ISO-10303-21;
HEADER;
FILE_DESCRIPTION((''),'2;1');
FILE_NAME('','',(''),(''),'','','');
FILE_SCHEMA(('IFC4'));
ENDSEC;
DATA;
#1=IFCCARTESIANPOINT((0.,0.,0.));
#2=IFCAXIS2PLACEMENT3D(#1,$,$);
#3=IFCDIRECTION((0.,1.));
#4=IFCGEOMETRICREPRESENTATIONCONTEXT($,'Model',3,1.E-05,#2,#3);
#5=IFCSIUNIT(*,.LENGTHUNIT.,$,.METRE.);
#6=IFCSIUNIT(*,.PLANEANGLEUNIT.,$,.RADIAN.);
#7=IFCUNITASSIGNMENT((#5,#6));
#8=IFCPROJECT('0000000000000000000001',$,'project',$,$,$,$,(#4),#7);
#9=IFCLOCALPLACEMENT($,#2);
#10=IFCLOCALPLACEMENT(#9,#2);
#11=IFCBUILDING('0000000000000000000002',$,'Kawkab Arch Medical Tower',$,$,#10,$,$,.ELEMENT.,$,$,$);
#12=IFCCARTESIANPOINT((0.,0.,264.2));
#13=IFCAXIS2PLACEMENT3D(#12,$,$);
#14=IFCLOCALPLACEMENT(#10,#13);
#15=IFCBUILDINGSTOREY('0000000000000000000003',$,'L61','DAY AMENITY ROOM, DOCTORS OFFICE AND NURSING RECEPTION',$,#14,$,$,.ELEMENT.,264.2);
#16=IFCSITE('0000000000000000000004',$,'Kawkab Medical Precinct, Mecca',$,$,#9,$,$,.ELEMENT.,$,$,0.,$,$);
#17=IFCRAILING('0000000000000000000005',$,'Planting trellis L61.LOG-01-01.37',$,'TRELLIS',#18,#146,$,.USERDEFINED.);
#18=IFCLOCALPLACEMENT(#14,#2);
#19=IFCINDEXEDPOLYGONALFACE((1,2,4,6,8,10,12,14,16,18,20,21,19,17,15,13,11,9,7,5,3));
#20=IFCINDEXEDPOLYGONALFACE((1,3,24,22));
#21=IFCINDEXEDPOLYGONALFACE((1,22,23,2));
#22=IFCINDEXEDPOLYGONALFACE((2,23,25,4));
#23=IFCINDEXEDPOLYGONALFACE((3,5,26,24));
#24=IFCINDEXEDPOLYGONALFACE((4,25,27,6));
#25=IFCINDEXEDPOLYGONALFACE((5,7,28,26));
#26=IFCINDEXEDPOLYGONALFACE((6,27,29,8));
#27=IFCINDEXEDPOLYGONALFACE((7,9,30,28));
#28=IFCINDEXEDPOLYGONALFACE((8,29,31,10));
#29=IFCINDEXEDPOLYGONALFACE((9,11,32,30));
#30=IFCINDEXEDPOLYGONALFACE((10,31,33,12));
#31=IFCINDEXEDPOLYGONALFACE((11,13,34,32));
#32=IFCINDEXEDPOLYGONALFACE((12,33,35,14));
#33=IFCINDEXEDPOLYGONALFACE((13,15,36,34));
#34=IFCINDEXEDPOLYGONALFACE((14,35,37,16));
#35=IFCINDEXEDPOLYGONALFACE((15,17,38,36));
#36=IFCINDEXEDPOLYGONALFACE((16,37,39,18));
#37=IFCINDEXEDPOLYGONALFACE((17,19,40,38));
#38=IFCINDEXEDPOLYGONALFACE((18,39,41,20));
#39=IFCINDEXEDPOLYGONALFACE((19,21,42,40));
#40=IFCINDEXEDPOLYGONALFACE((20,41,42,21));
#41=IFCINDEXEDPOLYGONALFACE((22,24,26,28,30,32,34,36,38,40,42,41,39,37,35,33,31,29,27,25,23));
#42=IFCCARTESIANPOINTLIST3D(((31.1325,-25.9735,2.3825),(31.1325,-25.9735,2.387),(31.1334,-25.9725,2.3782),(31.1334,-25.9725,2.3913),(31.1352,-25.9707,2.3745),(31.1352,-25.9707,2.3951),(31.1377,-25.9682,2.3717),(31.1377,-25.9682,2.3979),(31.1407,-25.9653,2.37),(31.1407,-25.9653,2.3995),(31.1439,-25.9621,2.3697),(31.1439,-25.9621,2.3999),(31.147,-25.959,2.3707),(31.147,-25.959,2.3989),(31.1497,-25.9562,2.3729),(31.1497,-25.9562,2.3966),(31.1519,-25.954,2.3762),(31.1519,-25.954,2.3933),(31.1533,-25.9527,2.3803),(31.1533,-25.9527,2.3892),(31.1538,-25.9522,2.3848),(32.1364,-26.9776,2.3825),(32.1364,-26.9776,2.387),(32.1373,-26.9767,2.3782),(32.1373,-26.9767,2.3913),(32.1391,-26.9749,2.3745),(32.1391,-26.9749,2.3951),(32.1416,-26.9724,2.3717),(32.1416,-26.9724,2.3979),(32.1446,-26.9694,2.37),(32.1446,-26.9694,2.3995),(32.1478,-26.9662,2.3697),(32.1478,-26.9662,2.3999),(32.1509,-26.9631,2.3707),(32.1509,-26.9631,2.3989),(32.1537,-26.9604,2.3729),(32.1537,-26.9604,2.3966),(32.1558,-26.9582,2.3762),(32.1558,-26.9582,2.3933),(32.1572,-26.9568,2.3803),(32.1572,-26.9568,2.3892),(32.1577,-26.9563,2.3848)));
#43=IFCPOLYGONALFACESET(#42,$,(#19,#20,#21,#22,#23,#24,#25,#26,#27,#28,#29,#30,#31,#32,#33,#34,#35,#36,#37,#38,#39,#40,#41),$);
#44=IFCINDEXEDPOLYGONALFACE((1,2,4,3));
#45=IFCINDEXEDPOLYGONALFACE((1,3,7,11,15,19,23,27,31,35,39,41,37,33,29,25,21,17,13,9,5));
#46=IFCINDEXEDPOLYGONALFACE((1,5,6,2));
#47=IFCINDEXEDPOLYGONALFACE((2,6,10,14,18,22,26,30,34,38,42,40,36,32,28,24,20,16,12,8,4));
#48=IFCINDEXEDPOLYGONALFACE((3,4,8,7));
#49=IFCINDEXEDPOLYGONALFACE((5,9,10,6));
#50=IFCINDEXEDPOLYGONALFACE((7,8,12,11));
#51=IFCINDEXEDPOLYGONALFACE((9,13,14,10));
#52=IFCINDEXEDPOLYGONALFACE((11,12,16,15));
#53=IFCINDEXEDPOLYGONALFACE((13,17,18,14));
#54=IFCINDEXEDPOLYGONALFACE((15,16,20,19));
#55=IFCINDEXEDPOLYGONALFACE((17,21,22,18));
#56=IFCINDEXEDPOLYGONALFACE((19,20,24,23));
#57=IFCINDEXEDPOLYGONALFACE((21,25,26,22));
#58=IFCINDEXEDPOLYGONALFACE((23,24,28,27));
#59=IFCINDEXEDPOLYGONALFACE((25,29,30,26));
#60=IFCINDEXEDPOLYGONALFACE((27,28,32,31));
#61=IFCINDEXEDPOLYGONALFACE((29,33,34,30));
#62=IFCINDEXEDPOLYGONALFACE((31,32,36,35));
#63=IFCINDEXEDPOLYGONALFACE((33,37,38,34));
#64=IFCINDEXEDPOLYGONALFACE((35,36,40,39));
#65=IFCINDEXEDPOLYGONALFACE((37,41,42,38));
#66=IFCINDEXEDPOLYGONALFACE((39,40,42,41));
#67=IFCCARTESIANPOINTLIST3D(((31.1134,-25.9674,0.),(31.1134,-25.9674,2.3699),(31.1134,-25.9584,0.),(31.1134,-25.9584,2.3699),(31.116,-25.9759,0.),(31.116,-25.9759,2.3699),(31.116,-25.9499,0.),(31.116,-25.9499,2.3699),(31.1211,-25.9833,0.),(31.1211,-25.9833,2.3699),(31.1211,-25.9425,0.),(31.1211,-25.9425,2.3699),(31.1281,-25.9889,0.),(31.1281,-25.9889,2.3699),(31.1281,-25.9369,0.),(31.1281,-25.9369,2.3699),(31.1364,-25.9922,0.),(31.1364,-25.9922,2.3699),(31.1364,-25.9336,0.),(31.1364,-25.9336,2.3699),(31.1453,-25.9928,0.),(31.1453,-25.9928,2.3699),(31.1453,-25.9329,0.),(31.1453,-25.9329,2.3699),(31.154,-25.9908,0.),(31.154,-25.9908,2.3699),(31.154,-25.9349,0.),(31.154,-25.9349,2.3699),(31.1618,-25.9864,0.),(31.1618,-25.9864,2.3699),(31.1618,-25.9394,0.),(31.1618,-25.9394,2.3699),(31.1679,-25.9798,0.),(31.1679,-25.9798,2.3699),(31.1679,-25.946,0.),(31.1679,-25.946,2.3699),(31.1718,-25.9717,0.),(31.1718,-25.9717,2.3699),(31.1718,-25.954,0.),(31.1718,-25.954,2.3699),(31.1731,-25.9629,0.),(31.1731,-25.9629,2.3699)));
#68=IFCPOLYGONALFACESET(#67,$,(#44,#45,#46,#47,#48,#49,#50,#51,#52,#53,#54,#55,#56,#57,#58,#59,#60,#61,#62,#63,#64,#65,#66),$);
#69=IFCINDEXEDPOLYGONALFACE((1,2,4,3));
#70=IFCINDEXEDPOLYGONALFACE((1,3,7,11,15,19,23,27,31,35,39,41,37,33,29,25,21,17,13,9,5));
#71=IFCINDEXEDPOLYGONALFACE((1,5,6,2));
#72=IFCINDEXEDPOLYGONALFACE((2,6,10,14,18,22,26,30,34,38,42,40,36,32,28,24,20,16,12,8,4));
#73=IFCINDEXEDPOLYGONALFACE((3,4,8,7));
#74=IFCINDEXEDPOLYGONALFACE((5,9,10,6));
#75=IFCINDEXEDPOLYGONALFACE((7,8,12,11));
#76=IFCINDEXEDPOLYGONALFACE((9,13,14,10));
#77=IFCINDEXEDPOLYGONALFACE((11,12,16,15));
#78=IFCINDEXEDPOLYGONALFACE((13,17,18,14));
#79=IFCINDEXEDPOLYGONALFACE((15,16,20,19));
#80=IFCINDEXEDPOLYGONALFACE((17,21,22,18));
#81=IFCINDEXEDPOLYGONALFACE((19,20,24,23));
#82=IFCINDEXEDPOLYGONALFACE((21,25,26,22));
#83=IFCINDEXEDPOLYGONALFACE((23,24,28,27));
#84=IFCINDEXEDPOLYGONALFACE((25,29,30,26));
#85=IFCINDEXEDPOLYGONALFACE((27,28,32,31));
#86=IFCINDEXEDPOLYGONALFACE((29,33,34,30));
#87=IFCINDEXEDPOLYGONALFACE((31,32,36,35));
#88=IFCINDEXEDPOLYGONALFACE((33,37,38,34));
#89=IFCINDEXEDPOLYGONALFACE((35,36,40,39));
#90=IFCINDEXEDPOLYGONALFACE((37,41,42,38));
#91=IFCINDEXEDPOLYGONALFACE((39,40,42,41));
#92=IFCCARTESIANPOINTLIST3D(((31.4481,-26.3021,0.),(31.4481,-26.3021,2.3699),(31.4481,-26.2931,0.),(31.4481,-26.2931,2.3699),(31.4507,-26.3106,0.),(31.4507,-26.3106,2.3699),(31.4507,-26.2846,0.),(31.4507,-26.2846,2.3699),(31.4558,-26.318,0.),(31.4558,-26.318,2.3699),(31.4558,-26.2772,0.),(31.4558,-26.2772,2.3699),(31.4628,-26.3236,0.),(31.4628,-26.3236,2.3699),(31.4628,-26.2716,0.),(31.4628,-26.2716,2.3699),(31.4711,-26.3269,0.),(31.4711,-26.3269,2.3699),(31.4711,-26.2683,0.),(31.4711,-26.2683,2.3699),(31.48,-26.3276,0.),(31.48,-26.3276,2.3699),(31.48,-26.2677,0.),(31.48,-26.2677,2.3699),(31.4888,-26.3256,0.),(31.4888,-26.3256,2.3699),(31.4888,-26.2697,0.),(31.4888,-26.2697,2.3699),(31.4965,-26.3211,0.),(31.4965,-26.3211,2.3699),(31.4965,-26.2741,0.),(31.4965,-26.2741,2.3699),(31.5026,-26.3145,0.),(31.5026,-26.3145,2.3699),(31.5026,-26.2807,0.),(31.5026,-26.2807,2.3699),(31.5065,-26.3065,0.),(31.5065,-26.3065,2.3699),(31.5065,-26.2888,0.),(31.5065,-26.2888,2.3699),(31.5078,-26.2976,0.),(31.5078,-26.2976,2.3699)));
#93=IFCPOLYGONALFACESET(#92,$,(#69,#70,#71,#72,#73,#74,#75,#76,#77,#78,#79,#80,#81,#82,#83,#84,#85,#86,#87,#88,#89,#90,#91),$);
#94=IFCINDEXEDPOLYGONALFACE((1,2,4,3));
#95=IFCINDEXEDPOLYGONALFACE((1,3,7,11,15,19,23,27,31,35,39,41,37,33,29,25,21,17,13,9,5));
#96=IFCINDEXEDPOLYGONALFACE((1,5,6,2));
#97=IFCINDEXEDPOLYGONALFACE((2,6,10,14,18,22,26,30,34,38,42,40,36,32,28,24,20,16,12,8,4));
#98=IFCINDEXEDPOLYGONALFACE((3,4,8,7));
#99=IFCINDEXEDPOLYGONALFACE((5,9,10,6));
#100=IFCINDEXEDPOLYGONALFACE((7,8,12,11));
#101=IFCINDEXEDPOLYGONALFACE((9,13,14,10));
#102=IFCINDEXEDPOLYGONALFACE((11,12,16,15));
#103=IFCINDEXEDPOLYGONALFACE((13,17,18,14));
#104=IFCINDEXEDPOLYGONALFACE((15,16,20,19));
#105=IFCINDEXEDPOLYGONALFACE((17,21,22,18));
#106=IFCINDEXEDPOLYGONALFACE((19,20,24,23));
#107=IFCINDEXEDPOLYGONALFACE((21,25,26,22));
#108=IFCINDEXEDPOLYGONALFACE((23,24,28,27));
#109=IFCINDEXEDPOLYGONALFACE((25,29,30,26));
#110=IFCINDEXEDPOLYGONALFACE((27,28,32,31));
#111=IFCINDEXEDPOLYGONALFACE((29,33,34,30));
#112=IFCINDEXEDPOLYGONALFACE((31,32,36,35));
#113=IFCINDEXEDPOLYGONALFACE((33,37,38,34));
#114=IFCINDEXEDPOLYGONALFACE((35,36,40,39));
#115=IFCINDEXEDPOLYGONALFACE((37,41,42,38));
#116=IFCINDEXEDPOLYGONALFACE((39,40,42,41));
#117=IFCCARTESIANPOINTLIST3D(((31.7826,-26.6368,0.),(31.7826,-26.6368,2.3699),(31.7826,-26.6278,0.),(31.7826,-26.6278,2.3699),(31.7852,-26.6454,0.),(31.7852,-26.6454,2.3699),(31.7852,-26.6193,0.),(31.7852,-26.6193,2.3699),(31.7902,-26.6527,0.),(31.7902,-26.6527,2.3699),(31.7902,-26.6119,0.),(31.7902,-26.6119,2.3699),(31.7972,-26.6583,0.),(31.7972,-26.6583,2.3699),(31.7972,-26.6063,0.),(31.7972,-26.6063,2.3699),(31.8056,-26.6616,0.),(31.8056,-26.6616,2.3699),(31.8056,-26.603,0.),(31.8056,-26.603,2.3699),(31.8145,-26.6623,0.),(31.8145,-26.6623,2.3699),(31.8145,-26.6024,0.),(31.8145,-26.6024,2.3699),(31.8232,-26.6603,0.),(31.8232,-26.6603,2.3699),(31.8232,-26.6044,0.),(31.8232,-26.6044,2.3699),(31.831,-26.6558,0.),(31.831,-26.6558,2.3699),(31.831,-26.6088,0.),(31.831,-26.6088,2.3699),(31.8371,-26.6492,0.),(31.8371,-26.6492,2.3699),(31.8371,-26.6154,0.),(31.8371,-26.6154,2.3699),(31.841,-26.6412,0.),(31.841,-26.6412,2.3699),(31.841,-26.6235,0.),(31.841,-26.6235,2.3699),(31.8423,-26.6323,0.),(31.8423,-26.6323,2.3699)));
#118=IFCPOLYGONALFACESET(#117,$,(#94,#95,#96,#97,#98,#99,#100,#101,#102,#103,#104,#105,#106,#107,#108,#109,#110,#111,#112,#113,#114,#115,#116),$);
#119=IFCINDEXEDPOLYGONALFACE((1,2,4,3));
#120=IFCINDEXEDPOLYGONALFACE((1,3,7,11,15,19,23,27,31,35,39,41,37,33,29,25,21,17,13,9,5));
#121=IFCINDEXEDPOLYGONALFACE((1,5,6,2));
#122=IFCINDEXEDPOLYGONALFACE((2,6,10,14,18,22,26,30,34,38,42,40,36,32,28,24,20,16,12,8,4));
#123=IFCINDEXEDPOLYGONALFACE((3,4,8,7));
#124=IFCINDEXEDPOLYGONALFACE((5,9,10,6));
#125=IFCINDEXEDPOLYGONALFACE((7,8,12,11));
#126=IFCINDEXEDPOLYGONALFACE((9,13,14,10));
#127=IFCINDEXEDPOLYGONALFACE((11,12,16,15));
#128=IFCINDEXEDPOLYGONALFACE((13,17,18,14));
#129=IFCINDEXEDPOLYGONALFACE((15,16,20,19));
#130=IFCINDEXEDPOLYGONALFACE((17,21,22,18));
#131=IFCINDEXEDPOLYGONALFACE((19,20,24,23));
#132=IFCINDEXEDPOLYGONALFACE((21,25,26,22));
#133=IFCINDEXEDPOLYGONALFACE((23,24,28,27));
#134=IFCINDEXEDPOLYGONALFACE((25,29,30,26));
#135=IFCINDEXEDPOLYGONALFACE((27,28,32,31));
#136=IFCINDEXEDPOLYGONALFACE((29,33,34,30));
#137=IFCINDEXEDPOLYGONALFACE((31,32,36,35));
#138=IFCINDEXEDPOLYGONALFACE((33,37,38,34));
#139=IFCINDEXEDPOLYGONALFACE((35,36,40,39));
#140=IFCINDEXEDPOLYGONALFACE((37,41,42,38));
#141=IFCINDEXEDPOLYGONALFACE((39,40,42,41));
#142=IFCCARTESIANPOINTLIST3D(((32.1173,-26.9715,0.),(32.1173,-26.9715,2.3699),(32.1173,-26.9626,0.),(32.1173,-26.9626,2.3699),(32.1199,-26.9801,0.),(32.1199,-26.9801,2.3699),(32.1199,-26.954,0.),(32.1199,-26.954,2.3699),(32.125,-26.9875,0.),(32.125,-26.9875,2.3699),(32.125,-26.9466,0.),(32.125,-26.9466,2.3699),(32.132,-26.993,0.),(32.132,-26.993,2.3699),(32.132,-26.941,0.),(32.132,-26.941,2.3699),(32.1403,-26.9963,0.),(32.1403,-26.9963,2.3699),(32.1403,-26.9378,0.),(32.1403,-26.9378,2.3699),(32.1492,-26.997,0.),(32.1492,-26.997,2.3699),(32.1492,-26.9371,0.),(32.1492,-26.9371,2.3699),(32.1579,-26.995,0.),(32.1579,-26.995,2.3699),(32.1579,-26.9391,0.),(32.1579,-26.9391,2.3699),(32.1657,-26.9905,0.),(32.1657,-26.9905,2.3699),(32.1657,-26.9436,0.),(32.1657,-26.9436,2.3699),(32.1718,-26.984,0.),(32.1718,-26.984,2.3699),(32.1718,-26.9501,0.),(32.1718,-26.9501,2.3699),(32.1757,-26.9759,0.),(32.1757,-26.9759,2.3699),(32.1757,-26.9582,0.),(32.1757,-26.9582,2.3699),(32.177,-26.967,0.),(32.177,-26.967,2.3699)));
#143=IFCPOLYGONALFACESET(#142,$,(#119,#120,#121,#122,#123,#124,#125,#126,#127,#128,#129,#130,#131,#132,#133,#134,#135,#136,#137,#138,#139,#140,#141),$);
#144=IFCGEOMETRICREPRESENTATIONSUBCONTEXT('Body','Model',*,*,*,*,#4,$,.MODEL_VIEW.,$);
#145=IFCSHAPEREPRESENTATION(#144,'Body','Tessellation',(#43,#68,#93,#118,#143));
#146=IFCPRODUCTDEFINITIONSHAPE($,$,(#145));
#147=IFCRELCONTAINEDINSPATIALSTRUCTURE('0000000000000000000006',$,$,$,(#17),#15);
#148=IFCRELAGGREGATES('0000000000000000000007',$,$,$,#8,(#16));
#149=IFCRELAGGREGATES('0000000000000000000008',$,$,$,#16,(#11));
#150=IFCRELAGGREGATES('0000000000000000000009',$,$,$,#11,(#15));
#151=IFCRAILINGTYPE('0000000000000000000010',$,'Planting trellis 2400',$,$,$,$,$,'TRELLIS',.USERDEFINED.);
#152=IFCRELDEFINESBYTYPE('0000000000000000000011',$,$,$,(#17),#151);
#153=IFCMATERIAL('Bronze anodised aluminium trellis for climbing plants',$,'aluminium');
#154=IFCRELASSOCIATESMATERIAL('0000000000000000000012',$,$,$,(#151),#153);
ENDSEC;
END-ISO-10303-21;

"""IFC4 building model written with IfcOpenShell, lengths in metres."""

from ifc_helpers import new_model, si_unit, direction, frame, origin, origin_2d, place, context, subcontext, project, spatial, circle, extrude, material, type_object, element, save


model = new_model("IFC4")

# Units and contexts
model_context = context("Model", 3, precision=1e-05, world=origin(), true_north=direction((0.0, 1.0)))
body_context = subcontext(model_context, "Body", "Model", "MODEL_VIEW")
ifc_project = project(units=[si_unit("LENGTHUNIT", "METRE"), si_unit("PLANEANGLEUNIT", "RADIAN")], contexts=[model_context])

# Site, building, storey
site_placement = place(None, origin())
site = spatial("IfcSite", under=ifc_project, at=site_placement, Name="Kawkab Medical Precinct, Mecca", CompositionType="ELEMENT", RefElevation=0.0)
building_placement = place(site_placement, origin())
building = spatial("IfcBuilding", under=site, at=building_placement, Name="Kawkab Arch Medical Tower", CompositionType="ELEMENT")
storey_placement = place(building_placement, frame((0.0, 0.0, 264.2)))
storey = spatial("IfcBuildingStorey", under=building, at=storey_placement, Name="L61", Description="DAY AMENITY ROOM, DOCTORS OFFICE AND NURSING RECEPTION", CompositionType="ELEMENT", Elevation=264.2)

# Railing
ifc_material_1 = material(Name="Bronze anodised aluminium trellis for climbing plants", Category="aluminium")
railing_type = type_object("IfcRailingType", Name="Planting trellis 2400", ElementType="TRELLIS", PredefinedType="USERDEFINED", material=ifc_material_1)
railing_placement = place(storey_placement, frame((31.1431, -25.9629, 0.0)))
element("IfcRailing", 1, at=railing_placement, inside=storey, type_object=railing_type, Name="Planting trellis L61.LOG-01-01.37", ObjectType="TRELLIS", PredefinedType="USERDEFINED", context=body_context, shape_type="SweptSolid", body=[
    extrude(circle(Radius=0.0151, at=origin_2d()), frame((0.0, 0.0, 2.3848), z_axis=(0.707021, -0.707193, 0.0), x_axis=(0.707193, 0.707021, 0.0)), (0.0, 0.0, 1.0), 1.4199),
    extrude(circle(Radius=0.03, at=origin_2d()), origin(), (0.0, 0.0, 1.0), 2.3699),
    extrude(circle(Radius=0.03, at=origin_2d()), frame((0.3347, -0.3347, 0.0)), (0.0, 0.0, 1.0), 2.3699),
    extrude(circle(Radius=0.03, at=origin_2d()), frame((0.6692, -0.6694, 0.0)), (0.0, 0.0, 1.0), 2.3699),
    extrude(circle(Radius=0.03, at=origin_2d()), frame((1.0039, -1.0042, 0.0)), (0.0, 0.0, 1.0), 2.3699),
])

save(model, "model.ifc")
